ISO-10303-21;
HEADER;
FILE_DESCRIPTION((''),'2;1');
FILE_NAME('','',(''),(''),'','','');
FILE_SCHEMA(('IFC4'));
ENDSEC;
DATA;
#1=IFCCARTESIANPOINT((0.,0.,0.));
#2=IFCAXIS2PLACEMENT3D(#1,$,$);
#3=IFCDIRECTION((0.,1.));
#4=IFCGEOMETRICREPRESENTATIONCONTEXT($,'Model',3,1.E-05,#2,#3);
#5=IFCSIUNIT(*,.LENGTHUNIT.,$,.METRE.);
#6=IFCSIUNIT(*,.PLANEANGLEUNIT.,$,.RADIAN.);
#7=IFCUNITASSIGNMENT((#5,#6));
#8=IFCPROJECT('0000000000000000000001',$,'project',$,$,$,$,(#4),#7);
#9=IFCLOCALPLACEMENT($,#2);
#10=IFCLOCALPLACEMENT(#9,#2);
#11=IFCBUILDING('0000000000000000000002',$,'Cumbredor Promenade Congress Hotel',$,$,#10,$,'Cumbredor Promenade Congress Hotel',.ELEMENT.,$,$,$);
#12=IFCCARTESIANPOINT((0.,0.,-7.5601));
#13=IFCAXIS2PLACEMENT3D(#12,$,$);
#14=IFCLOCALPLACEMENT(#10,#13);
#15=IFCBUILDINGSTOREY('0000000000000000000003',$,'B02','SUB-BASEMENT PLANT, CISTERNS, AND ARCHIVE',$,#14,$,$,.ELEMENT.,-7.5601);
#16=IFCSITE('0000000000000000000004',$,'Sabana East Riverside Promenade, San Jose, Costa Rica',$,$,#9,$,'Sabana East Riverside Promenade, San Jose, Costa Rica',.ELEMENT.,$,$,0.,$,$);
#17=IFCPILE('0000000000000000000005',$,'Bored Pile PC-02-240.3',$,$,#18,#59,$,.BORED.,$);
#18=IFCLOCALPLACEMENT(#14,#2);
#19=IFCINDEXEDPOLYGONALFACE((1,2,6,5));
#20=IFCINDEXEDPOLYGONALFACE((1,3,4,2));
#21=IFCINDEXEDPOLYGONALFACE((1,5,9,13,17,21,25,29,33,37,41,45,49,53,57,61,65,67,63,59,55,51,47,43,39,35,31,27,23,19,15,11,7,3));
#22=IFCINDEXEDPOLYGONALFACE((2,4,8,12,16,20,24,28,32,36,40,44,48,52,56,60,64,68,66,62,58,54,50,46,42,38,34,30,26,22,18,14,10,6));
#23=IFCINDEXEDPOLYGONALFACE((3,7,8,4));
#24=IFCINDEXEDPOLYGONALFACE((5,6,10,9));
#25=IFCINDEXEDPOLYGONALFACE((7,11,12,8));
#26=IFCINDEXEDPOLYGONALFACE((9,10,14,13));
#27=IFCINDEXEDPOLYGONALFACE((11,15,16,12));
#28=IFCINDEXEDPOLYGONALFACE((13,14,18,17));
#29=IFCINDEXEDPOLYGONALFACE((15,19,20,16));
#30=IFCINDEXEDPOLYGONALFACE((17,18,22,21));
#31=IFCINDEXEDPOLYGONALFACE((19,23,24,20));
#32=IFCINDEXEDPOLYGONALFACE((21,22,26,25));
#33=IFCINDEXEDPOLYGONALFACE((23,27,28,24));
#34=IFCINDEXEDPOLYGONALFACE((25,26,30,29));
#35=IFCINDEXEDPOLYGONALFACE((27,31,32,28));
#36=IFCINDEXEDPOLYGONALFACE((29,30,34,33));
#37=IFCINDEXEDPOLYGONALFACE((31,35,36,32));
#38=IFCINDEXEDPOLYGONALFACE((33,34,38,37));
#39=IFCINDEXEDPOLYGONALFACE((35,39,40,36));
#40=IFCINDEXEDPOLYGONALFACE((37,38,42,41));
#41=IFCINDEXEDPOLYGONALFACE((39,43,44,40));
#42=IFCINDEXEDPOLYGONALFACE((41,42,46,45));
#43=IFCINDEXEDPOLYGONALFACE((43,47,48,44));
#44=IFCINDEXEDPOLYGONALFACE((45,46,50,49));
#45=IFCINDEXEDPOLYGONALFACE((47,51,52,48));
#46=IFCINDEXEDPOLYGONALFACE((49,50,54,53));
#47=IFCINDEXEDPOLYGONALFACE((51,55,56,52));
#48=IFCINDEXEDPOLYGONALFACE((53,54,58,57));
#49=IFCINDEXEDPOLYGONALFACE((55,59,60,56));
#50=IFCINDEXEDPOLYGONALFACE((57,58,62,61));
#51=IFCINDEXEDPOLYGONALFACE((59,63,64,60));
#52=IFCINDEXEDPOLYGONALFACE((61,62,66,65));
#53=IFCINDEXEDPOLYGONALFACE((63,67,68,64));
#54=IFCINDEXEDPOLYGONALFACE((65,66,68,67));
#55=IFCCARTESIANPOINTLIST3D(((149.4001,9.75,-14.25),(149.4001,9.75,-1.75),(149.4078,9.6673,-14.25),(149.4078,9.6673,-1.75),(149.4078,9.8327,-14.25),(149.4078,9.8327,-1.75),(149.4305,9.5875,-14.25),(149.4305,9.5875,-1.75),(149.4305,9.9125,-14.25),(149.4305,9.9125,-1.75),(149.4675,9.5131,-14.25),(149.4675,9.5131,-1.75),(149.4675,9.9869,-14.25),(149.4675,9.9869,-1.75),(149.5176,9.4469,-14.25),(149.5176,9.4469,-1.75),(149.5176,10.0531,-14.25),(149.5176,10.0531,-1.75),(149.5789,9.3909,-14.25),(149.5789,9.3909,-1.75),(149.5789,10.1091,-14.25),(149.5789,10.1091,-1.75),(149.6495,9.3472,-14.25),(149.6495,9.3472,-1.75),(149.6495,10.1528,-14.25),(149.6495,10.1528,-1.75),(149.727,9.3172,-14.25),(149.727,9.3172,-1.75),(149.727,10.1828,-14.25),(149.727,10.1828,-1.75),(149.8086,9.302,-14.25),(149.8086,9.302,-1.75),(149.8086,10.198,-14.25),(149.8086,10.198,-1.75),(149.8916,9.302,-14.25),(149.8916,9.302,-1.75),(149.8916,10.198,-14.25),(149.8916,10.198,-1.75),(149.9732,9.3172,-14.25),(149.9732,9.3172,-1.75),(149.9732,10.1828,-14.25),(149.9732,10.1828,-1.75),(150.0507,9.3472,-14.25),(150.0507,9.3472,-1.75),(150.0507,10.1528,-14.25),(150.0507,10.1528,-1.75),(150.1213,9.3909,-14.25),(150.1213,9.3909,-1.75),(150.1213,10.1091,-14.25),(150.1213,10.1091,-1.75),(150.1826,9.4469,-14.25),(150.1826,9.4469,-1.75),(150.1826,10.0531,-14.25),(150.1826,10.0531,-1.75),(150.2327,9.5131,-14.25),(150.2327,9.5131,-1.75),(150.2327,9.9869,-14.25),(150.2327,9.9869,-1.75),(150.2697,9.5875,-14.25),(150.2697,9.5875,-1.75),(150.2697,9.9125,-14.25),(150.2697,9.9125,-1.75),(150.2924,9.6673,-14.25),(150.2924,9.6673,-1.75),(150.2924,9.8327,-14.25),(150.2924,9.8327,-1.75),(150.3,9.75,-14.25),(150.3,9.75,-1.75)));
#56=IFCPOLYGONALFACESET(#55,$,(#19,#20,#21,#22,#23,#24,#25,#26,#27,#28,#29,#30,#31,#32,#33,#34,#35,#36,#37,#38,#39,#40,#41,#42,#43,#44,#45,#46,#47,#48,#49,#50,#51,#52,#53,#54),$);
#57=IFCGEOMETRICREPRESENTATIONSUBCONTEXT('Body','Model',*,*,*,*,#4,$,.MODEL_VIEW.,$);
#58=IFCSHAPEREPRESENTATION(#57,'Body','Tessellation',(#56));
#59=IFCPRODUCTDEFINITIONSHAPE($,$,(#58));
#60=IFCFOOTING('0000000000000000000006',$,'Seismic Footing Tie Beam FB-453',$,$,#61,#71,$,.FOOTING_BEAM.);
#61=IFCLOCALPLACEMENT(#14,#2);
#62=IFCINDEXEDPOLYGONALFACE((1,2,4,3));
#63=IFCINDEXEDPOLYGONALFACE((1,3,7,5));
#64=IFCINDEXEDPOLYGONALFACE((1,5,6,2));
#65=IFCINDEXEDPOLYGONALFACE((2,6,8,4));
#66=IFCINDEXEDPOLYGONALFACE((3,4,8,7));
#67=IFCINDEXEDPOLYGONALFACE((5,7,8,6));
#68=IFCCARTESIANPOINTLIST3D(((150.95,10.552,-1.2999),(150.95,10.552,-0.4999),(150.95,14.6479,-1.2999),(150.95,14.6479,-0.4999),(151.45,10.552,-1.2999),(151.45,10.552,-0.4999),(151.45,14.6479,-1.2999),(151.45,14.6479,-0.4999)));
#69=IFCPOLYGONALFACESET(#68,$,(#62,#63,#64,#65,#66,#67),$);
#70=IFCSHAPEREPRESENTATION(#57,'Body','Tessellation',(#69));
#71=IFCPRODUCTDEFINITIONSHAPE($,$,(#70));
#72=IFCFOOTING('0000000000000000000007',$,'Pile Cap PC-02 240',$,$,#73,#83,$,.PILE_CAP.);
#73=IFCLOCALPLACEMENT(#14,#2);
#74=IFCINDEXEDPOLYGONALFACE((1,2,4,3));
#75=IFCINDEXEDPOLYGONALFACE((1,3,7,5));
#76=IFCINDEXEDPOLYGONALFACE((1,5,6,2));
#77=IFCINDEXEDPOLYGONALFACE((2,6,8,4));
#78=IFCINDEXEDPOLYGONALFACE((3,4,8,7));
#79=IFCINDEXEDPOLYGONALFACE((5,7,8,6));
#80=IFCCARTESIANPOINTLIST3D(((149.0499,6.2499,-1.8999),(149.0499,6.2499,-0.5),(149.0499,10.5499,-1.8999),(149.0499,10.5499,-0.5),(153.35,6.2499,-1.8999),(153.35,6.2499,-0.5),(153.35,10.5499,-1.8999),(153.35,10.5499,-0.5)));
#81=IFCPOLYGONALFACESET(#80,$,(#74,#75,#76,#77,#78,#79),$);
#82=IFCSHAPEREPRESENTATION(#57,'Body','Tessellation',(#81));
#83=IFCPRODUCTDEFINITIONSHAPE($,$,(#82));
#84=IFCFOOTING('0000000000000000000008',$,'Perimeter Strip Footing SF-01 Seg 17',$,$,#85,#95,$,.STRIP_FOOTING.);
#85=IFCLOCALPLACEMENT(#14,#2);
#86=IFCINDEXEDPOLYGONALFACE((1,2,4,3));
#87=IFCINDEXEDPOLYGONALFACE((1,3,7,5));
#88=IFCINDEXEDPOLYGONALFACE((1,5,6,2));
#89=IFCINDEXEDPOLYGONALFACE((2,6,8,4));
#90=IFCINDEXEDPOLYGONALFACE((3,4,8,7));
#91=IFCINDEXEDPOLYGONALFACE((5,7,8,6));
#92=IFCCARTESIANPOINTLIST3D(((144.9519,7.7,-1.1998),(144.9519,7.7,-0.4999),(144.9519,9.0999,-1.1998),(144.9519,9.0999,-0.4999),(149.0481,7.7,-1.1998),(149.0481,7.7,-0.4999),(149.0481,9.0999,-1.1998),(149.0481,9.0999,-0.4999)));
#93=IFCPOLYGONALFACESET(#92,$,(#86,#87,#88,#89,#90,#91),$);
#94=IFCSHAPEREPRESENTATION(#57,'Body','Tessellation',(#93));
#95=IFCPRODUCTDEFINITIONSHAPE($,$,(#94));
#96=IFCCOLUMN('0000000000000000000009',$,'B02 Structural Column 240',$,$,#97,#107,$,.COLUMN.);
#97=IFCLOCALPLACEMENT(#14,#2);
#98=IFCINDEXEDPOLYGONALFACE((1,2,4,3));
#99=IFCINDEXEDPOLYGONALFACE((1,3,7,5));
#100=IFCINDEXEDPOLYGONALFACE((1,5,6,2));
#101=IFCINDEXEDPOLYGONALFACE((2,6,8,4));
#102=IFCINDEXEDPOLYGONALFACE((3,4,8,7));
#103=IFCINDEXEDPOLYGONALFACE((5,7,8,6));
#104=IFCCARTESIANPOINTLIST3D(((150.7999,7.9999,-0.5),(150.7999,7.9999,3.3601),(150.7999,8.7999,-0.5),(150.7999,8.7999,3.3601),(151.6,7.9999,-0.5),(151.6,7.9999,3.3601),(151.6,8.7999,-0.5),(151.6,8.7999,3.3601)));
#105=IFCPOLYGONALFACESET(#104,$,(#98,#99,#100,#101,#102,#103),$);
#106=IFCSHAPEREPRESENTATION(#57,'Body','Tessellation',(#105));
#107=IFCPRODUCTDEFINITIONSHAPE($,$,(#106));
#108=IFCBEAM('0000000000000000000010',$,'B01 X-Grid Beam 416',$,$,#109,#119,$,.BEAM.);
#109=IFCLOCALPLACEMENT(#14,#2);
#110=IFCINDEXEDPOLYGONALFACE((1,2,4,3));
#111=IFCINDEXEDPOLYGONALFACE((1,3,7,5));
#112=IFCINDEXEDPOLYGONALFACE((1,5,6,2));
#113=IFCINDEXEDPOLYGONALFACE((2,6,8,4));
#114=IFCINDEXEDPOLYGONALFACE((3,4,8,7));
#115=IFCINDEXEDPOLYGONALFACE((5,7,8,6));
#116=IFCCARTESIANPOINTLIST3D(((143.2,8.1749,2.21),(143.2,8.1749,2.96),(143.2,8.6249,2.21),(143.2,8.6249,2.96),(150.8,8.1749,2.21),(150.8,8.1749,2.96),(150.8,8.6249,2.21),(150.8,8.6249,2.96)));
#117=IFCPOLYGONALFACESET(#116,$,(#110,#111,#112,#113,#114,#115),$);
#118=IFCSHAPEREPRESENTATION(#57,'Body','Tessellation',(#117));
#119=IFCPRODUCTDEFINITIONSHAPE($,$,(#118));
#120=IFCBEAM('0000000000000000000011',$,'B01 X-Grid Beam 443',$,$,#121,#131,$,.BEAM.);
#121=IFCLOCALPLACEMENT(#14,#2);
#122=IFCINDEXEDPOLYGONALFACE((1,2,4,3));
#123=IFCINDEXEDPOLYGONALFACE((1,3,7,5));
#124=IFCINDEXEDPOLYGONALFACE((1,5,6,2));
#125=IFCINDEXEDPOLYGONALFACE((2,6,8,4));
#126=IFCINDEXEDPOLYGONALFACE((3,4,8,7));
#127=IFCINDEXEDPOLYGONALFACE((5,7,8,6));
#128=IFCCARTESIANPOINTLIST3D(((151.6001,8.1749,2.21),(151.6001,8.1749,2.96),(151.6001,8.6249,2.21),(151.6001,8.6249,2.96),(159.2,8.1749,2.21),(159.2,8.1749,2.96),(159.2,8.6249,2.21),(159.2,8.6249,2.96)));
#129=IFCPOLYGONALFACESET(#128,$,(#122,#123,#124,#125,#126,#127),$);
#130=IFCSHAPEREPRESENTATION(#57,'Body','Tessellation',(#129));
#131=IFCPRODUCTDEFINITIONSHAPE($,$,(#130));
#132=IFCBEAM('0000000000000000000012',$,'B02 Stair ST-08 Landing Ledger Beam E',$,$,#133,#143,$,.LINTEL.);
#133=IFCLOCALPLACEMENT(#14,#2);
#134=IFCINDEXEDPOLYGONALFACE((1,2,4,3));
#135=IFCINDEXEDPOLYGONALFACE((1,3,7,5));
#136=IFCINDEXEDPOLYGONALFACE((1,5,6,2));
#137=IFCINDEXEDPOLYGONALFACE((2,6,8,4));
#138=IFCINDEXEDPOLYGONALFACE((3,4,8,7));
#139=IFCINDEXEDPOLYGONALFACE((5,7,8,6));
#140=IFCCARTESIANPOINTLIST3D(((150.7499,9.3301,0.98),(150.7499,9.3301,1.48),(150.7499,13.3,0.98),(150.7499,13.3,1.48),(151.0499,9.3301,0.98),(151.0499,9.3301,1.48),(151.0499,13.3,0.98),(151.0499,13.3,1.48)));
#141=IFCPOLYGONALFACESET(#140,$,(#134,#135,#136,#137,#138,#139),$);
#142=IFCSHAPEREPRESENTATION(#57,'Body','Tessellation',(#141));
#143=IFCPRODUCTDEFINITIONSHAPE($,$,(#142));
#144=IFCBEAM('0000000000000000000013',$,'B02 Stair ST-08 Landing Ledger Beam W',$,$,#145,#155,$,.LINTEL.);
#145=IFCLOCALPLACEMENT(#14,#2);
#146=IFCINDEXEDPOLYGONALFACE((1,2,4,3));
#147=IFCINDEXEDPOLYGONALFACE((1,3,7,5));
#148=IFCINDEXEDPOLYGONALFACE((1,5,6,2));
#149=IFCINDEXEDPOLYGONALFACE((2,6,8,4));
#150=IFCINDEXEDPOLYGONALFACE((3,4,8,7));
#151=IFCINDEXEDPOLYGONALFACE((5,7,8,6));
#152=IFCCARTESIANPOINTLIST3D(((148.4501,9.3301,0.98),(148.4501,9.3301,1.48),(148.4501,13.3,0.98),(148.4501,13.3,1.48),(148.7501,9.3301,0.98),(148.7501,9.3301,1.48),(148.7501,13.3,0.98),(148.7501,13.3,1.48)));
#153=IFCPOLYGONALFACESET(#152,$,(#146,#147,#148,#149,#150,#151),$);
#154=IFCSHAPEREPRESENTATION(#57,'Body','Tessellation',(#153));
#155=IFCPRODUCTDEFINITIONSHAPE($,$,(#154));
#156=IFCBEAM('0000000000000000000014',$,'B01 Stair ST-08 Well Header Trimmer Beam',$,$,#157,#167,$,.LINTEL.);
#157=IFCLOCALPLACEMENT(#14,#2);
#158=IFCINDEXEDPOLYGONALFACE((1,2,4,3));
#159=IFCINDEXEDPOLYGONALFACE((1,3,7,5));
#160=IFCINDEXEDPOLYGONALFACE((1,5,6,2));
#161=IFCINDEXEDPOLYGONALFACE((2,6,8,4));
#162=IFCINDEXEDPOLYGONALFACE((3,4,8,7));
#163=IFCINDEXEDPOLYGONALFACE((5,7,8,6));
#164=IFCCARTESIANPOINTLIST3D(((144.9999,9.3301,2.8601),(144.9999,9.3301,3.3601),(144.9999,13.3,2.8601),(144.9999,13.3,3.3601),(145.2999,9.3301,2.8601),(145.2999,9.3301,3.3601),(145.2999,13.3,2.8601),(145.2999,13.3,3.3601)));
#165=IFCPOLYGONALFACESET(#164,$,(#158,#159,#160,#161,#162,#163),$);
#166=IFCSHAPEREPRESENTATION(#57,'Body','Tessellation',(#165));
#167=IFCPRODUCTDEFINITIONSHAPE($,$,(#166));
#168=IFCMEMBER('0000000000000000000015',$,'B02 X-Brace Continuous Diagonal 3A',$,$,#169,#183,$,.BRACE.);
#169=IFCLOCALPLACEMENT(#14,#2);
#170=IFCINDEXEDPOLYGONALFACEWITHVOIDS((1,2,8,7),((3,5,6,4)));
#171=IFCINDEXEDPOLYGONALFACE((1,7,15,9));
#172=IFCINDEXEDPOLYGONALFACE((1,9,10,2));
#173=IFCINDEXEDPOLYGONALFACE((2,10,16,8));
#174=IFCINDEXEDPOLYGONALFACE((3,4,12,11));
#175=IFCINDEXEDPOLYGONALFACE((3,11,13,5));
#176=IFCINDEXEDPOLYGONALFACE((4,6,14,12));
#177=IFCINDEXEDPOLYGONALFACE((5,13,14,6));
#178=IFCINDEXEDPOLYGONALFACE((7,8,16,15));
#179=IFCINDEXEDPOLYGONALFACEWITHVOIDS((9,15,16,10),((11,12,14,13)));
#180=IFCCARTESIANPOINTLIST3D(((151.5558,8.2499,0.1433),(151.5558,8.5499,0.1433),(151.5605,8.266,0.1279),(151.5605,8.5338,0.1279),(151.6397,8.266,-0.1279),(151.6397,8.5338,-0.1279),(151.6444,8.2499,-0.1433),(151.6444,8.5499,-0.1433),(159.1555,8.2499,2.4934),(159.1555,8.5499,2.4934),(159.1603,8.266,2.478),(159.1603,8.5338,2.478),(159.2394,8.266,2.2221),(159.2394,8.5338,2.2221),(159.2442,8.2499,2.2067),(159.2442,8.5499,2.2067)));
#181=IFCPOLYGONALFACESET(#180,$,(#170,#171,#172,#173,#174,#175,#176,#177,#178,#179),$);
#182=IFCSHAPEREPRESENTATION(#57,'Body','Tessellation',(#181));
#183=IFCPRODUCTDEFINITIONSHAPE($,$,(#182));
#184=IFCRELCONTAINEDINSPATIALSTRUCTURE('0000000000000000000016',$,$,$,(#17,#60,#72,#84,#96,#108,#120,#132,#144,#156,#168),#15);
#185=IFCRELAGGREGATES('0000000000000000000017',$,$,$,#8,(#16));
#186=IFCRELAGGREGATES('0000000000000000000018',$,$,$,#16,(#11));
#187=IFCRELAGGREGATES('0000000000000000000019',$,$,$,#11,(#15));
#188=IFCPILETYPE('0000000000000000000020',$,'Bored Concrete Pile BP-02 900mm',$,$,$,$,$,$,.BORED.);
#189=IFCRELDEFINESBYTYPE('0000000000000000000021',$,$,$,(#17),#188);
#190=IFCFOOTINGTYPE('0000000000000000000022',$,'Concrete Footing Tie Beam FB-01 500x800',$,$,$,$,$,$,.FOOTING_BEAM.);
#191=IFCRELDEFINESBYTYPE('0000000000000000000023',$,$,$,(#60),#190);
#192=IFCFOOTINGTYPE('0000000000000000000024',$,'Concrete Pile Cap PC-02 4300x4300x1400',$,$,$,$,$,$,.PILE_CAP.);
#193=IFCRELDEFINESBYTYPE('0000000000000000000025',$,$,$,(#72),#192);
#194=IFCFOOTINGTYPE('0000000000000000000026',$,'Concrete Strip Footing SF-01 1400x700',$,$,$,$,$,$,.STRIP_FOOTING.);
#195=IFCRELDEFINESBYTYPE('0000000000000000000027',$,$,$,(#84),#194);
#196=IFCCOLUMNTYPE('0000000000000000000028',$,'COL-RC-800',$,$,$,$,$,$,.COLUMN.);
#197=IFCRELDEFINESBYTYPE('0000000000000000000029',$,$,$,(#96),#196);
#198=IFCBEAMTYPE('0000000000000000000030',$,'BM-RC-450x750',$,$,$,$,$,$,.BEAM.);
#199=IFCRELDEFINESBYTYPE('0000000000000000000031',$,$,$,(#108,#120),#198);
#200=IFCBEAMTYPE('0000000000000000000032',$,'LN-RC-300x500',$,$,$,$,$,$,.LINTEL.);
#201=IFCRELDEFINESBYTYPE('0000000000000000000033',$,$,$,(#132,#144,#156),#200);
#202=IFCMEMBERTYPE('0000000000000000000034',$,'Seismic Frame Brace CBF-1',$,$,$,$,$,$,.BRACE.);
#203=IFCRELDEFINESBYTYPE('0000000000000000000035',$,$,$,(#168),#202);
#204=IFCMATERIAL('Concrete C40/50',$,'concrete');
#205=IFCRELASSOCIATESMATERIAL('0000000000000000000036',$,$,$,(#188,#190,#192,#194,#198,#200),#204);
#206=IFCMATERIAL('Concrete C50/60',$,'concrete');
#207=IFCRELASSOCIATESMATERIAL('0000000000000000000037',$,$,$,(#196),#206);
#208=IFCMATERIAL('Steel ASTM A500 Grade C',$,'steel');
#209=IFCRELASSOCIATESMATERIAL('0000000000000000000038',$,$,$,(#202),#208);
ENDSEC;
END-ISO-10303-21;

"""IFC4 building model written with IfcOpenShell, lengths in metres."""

from ifc_helpers import new_model, si_unit, direction, frame, origin, origin_2d, place, context, subcontext, project, spatial, rectangle, hollow_rectangle, circle, extrude, material, material_profile, profile_set, type_object, element, save


model = new_model("IFC4")

# Units and contexts
model_context = context("Model", 3, precision=1e-05, world=origin(), true_north=direction((0.0, 1.0)))
body_context = subcontext(model_context, "Body", "Model", "MODEL_VIEW")
ifc_project = project(units=[si_unit("LENGTHUNIT", "METRE"), si_unit("PLANEANGLEUNIT", "RADIAN")], contexts=[model_context])

# Site, building, storey
site_placement = place(None, origin())
site = spatial("IfcSite", under=ifc_project, at=site_placement, Name="Sabana East Riverside Promenade, San Jose, Costa Rica", LongName="Sabana East Riverside Promenade, San Jose, Costa Rica", CompositionType="ELEMENT", RefElevation=0.0)
building_placement = place(site_placement, origin())
building = spatial("IfcBuilding", under=site, at=building_placement, Name="Cumbredor Promenade Congress Hotel", LongName="Cumbredor Promenade Congress Hotel", CompositionType="ELEMENT")
storey_placement = place(building_placement, frame((0.0, 0.0, -7.5601)))
storey = spatial("IfcBuildingStorey", under=building, at=storey_placement, Name="B02", Description="SUB-BASEMENT PLANT, CISTERNS, AND ARCHIVE", CompositionType="ELEMENT", Elevation=-7.5601)

# Pile
ifc_material_1 = material(Name="Concrete C40/50", Category="concrete")
ifc_material_profile_1 = material_profile(ifc_material_1, circle(Radius=0.45, at=origin_2d()), Name="PILE D900")
ifc_profile_set_1 = profile_set([ifc_material_profile_1], Name="Concrete C40/50")
pile_type = type_object("IfcPileType", Name="Bored Concrete Pile BP-02 900mm", PredefinedType="BORED", material=ifc_profile_set_1)
for number, where, z_axis, x_axis, name in (
    (1, (149.8501, 9.75, -1.75), (0.0, 0.0, -1.0), (1.0, 0.0, 0.0), "Bored Pile PC-02-240.3"),
):
    element("IfcPile", number, at=place(storey_placement, frame(where, z_axis=z_axis, x_axis=x_axis)), inside=storey, type_object=pile_type, Name=name, PredefinedType="BORED", context=body_context, shape_type="SweptSolid", body=[
        extrude(circle(Radius=0.45, at=origin_2d()), origin(), (0.0, 0.0, 1.0), 12.5),
    ])

# Footings
ifc_material_profile_2 = material_profile(ifc_material_1, rectangle(XDim=0.5, YDim=0.8, at=origin_2d()), Name="FB 500x800")
ifc_profile_set_2 = profile_set([ifc_material_profile_2], Name="Concrete C40/50")
footing_type_1 = type_object("IfcFootingType", Name="Concrete Footing Tie Beam FB-01 500x800", PredefinedType="FOOTING_BEAM", material=ifc_profile_set_2)
footing_1_placement = place(storey_placement, frame((151.2, 10.552, -0.8999), z_axis=(0.0, 1.0, 0.0), x_axis=(-1.0, 0.0, 0.0)))
element("IfcFooting", 2, at=footing_1_placement, inside=storey, type_object=footing_type_1, Name="Seismic Footing Tie Beam FB-453", PredefinedType="FOOTING_BEAM", context=body_context, shape_type="SweptSolid", body=[
    extrude(rectangle(XDim=0.5, YDim=0.8, at=origin_2d()), origin(), (0.0, 0.0, 1.0), 4.0959),
])
footing_type_2 = type_object("IfcFootingType", Name="Concrete Pile Cap PC-02 4300x4300x1400", PredefinedType="PILE_CAP", material=ifc_material_1)
footing_2_placement = place(storey_placement, frame((151.2, 8.3999, -1.8999), z_axis=(0.0, 0.0, 1.0), x_axis=(1.0, 0.0, 0.0)))
element("IfcFooting", 3, at=footing_2_placement, inside=storey, type_object=footing_type_2, Name="Pile Cap PC-02 240", PredefinedType="PILE_CAP", context=body_context, shape_type="SweptSolid", body=[
    extrude(rectangle(XDim=4.3, YDim=4.3, at=origin_2d()), origin(), (0.0, 0.0, 1.0), 1.3999),
])
ifc_material_profile_3 = material_profile(ifc_material_1, rectangle(XDim=1.3999, YDim=0.7, at=origin_2d()), Name="SF 1400x700")
ifc_profile_set_3 = profile_set([ifc_material_profile_3], Name="Concrete C40/50")
footing_type_3 = type_object("IfcFootingType", Name="Concrete Strip Footing SF-01 1400x700", PredefinedType="STRIP_FOOTING", material=ifc_profile_set_3)
footing_3_placement = place(storey_placement, frame((144.9519, 8.3999, -0.8499), z_axis=(1.0, 0.0, 0.0), x_axis=(0.0, 1.0, 0.0)))
element("IfcFooting", 4, at=footing_3_placement, inside=storey, type_object=footing_type_3, Name="Perimeter Strip Footing SF-01 Seg 17", PredefinedType="STRIP_FOOTING", context=body_context, shape_type="SweptSolid", body=[
    extrude(rectangle(XDim=1.3999, YDim=0.7, at=origin_2d()), origin(), (0.0, 0.0, 1.0), 4.0962),
])

# Column
ifc_material_2 = material(Name="Concrete C50/60", Category="concrete")
ifc_material_profile_4 = material_profile(ifc_material_2, rectangle(XDim=0.8, YDim=0.8, at=origin_2d()), Name="RC 800x800")
ifc_profile_set_4 = profile_set([ifc_material_profile_4], Name="Concrete C50/60")
column_type = type_object("IfcColumnType", Name="COL-RC-800", PredefinedType="COLUMN", material=ifc_profile_set_4)
column_placement = place(storey_placement, frame((151.2, 8.3999, -0.5), z_axis=(0.0, 0.0, 1.0), x_axis=(1.0, 0.0, 0.0)))
element("IfcColumn", 5, at=column_placement, inside=storey, type_object=column_type, Name="B02 Structural Column 240", PredefinedType="COLUMN", context=body_context, shape_type="SweptSolid", body=[
    extrude(rectangle(XDim=0.8, YDim=0.8, at=origin_2d()), origin(), (0.0, 0.0, 1.0), 3.8601),
])

# Beams
ifc_material_profile_5 = material_profile(ifc_material_1, rectangle(XDim=0.45, YDim=0.75, at=origin_2d()), Name="RC BEAM 450x750")
ifc_profile_set_5 = profile_set([ifc_material_profile_5], Name="Concrete C40/50")
beam_type_1 = type_object("IfcBeamType", Name="BM-RC-450x750", PredefinedType="BEAM", material=ifc_profile_set_5)
beam_1_placement = place(storey_placement, frame((143.2, 8.3999, 2.585), z_axis=(1.0, 0.0, 0.0), x_axis=(0.0, 1.0, 0.0)))
element("IfcBeam", 6, at=beam_1_placement, inside=storey, type_object=beam_type_1, Name="B01 X-Grid Beam 416", PredefinedType="BEAM", context=body_context, shape_type="SweptSolid", body=[
    extrude(rectangle(XDim=0.45, YDim=0.75, at=origin_2d()), origin(), (0.0, 0.0, 1.0), 7.6001),
])
beam_2_placement = place(storey_placement, frame((151.6001, 8.3999, 2.585), z_axis=(1.0, 0.0, 0.0), x_axis=(0.0, 1.0, 0.0)))
element("IfcBeam", 7, at=beam_2_placement, inside=storey, type_object=beam_type_1, Name="B01 X-Grid Beam 443", PredefinedType="BEAM", context=body_context, shape_type="SweptSolid", body=[
    extrude(rectangle(XDim=0.45, YDim=0.75, at=origin_2d()), origin(), (0.0, 0.0, 1.0), 7.5999),
])
ifc_material_profile_6 = material_profile(ifc_material_1, rectangle(XDim=0.3, YDim=0.5, at=origin_2d()), Name="RC LINTEL 300x500")
ifc_profile_set_6 = profile_set([ifc_material_profile_6], Name="Concrete C40/50")
beam_type_2 = type_object("IfcBeamType", Name="LN-RC-300x500", PredefinedType="LINTEL", material=ifc_profile_set_6)
for number, where, z_axis, x_axis, name in (
    (8, (150.8999, 9.3301, 1.23), (0.0, 1.0, 0.0), (-1.0, 0.0, 0.0), "B02 Stair ST-08 Landing Ledger Beam E"),
    (9, (148.6001, 9.3301, 1.23), (0.0, 1.0, 0.0), (-1.0, 0.0, 0.0), "B02 Stair ST-08 Landing Ledger Beam W"),
    (10, (145.1499, 9.3301, 3.1101), (0.0, 1.0, 0.0), (-1.0, 0.0, 0.0), "B01 Stair ST-08 Well Header Trimmer Beam"),
):
    element("IfcBeam", number, at=place(storey_placement, frame(where, z_axis=z_axis, x_axis=x_axis)), inside=storey, type_object=beam_type_2, Name=name, PredefinedType="LINTEL", context=body_context, shape_type="SweptSolid", body=[
        extrude(rectangle(XDim=0.3, YDim=0.5, at=origin_2d()), origin(), (0.0, 0.0, 1.0), 3.97),
    ])

# Member
ifc_material_3 = material(Name="Steel ASTM A500 Grade C", Category="steel")
ifc_material_profile_7 = material_profile(ifc_material_3, hollow_rectangle(XDim=0.3, YDim=0.3, WallThickness=0.0161, at=origin_2d()), Name="HSS 300x300x16")
ifc_profile_set_7 = profile_set([ifc_material_profile_7], Name="Steel ASTM A500 Grade C")
member_type = type_object("IfcMemberType", Name="Seismic Frame Brace CBF-1", PredefinedType="BRACE", material=ifc_profile_set_7)
member_placement = place(storey_placement, frame((151.6001, 8.3999, 0.0), z_axis=(0.955365, 0.0, 0.295427), x_axis=(0.0, 1.0, 0.0)))
element("IfcMember", 11, at=member_placement, inside=storey, type_object=member_type, Name="B02 X-Brace Continuous Diagonal 3A", PredefinedType="BRACE", context=body_context, shape_type="SweptSolid", body=[
    extrude(hollow_rectangle(XDim=0.3, YDim=0.3, WallThickness=0.0161, at=origin_2d()), origin(), (0.0, 0.0, 1.0), 7.9548),
])

save(model, "model.ifc")
